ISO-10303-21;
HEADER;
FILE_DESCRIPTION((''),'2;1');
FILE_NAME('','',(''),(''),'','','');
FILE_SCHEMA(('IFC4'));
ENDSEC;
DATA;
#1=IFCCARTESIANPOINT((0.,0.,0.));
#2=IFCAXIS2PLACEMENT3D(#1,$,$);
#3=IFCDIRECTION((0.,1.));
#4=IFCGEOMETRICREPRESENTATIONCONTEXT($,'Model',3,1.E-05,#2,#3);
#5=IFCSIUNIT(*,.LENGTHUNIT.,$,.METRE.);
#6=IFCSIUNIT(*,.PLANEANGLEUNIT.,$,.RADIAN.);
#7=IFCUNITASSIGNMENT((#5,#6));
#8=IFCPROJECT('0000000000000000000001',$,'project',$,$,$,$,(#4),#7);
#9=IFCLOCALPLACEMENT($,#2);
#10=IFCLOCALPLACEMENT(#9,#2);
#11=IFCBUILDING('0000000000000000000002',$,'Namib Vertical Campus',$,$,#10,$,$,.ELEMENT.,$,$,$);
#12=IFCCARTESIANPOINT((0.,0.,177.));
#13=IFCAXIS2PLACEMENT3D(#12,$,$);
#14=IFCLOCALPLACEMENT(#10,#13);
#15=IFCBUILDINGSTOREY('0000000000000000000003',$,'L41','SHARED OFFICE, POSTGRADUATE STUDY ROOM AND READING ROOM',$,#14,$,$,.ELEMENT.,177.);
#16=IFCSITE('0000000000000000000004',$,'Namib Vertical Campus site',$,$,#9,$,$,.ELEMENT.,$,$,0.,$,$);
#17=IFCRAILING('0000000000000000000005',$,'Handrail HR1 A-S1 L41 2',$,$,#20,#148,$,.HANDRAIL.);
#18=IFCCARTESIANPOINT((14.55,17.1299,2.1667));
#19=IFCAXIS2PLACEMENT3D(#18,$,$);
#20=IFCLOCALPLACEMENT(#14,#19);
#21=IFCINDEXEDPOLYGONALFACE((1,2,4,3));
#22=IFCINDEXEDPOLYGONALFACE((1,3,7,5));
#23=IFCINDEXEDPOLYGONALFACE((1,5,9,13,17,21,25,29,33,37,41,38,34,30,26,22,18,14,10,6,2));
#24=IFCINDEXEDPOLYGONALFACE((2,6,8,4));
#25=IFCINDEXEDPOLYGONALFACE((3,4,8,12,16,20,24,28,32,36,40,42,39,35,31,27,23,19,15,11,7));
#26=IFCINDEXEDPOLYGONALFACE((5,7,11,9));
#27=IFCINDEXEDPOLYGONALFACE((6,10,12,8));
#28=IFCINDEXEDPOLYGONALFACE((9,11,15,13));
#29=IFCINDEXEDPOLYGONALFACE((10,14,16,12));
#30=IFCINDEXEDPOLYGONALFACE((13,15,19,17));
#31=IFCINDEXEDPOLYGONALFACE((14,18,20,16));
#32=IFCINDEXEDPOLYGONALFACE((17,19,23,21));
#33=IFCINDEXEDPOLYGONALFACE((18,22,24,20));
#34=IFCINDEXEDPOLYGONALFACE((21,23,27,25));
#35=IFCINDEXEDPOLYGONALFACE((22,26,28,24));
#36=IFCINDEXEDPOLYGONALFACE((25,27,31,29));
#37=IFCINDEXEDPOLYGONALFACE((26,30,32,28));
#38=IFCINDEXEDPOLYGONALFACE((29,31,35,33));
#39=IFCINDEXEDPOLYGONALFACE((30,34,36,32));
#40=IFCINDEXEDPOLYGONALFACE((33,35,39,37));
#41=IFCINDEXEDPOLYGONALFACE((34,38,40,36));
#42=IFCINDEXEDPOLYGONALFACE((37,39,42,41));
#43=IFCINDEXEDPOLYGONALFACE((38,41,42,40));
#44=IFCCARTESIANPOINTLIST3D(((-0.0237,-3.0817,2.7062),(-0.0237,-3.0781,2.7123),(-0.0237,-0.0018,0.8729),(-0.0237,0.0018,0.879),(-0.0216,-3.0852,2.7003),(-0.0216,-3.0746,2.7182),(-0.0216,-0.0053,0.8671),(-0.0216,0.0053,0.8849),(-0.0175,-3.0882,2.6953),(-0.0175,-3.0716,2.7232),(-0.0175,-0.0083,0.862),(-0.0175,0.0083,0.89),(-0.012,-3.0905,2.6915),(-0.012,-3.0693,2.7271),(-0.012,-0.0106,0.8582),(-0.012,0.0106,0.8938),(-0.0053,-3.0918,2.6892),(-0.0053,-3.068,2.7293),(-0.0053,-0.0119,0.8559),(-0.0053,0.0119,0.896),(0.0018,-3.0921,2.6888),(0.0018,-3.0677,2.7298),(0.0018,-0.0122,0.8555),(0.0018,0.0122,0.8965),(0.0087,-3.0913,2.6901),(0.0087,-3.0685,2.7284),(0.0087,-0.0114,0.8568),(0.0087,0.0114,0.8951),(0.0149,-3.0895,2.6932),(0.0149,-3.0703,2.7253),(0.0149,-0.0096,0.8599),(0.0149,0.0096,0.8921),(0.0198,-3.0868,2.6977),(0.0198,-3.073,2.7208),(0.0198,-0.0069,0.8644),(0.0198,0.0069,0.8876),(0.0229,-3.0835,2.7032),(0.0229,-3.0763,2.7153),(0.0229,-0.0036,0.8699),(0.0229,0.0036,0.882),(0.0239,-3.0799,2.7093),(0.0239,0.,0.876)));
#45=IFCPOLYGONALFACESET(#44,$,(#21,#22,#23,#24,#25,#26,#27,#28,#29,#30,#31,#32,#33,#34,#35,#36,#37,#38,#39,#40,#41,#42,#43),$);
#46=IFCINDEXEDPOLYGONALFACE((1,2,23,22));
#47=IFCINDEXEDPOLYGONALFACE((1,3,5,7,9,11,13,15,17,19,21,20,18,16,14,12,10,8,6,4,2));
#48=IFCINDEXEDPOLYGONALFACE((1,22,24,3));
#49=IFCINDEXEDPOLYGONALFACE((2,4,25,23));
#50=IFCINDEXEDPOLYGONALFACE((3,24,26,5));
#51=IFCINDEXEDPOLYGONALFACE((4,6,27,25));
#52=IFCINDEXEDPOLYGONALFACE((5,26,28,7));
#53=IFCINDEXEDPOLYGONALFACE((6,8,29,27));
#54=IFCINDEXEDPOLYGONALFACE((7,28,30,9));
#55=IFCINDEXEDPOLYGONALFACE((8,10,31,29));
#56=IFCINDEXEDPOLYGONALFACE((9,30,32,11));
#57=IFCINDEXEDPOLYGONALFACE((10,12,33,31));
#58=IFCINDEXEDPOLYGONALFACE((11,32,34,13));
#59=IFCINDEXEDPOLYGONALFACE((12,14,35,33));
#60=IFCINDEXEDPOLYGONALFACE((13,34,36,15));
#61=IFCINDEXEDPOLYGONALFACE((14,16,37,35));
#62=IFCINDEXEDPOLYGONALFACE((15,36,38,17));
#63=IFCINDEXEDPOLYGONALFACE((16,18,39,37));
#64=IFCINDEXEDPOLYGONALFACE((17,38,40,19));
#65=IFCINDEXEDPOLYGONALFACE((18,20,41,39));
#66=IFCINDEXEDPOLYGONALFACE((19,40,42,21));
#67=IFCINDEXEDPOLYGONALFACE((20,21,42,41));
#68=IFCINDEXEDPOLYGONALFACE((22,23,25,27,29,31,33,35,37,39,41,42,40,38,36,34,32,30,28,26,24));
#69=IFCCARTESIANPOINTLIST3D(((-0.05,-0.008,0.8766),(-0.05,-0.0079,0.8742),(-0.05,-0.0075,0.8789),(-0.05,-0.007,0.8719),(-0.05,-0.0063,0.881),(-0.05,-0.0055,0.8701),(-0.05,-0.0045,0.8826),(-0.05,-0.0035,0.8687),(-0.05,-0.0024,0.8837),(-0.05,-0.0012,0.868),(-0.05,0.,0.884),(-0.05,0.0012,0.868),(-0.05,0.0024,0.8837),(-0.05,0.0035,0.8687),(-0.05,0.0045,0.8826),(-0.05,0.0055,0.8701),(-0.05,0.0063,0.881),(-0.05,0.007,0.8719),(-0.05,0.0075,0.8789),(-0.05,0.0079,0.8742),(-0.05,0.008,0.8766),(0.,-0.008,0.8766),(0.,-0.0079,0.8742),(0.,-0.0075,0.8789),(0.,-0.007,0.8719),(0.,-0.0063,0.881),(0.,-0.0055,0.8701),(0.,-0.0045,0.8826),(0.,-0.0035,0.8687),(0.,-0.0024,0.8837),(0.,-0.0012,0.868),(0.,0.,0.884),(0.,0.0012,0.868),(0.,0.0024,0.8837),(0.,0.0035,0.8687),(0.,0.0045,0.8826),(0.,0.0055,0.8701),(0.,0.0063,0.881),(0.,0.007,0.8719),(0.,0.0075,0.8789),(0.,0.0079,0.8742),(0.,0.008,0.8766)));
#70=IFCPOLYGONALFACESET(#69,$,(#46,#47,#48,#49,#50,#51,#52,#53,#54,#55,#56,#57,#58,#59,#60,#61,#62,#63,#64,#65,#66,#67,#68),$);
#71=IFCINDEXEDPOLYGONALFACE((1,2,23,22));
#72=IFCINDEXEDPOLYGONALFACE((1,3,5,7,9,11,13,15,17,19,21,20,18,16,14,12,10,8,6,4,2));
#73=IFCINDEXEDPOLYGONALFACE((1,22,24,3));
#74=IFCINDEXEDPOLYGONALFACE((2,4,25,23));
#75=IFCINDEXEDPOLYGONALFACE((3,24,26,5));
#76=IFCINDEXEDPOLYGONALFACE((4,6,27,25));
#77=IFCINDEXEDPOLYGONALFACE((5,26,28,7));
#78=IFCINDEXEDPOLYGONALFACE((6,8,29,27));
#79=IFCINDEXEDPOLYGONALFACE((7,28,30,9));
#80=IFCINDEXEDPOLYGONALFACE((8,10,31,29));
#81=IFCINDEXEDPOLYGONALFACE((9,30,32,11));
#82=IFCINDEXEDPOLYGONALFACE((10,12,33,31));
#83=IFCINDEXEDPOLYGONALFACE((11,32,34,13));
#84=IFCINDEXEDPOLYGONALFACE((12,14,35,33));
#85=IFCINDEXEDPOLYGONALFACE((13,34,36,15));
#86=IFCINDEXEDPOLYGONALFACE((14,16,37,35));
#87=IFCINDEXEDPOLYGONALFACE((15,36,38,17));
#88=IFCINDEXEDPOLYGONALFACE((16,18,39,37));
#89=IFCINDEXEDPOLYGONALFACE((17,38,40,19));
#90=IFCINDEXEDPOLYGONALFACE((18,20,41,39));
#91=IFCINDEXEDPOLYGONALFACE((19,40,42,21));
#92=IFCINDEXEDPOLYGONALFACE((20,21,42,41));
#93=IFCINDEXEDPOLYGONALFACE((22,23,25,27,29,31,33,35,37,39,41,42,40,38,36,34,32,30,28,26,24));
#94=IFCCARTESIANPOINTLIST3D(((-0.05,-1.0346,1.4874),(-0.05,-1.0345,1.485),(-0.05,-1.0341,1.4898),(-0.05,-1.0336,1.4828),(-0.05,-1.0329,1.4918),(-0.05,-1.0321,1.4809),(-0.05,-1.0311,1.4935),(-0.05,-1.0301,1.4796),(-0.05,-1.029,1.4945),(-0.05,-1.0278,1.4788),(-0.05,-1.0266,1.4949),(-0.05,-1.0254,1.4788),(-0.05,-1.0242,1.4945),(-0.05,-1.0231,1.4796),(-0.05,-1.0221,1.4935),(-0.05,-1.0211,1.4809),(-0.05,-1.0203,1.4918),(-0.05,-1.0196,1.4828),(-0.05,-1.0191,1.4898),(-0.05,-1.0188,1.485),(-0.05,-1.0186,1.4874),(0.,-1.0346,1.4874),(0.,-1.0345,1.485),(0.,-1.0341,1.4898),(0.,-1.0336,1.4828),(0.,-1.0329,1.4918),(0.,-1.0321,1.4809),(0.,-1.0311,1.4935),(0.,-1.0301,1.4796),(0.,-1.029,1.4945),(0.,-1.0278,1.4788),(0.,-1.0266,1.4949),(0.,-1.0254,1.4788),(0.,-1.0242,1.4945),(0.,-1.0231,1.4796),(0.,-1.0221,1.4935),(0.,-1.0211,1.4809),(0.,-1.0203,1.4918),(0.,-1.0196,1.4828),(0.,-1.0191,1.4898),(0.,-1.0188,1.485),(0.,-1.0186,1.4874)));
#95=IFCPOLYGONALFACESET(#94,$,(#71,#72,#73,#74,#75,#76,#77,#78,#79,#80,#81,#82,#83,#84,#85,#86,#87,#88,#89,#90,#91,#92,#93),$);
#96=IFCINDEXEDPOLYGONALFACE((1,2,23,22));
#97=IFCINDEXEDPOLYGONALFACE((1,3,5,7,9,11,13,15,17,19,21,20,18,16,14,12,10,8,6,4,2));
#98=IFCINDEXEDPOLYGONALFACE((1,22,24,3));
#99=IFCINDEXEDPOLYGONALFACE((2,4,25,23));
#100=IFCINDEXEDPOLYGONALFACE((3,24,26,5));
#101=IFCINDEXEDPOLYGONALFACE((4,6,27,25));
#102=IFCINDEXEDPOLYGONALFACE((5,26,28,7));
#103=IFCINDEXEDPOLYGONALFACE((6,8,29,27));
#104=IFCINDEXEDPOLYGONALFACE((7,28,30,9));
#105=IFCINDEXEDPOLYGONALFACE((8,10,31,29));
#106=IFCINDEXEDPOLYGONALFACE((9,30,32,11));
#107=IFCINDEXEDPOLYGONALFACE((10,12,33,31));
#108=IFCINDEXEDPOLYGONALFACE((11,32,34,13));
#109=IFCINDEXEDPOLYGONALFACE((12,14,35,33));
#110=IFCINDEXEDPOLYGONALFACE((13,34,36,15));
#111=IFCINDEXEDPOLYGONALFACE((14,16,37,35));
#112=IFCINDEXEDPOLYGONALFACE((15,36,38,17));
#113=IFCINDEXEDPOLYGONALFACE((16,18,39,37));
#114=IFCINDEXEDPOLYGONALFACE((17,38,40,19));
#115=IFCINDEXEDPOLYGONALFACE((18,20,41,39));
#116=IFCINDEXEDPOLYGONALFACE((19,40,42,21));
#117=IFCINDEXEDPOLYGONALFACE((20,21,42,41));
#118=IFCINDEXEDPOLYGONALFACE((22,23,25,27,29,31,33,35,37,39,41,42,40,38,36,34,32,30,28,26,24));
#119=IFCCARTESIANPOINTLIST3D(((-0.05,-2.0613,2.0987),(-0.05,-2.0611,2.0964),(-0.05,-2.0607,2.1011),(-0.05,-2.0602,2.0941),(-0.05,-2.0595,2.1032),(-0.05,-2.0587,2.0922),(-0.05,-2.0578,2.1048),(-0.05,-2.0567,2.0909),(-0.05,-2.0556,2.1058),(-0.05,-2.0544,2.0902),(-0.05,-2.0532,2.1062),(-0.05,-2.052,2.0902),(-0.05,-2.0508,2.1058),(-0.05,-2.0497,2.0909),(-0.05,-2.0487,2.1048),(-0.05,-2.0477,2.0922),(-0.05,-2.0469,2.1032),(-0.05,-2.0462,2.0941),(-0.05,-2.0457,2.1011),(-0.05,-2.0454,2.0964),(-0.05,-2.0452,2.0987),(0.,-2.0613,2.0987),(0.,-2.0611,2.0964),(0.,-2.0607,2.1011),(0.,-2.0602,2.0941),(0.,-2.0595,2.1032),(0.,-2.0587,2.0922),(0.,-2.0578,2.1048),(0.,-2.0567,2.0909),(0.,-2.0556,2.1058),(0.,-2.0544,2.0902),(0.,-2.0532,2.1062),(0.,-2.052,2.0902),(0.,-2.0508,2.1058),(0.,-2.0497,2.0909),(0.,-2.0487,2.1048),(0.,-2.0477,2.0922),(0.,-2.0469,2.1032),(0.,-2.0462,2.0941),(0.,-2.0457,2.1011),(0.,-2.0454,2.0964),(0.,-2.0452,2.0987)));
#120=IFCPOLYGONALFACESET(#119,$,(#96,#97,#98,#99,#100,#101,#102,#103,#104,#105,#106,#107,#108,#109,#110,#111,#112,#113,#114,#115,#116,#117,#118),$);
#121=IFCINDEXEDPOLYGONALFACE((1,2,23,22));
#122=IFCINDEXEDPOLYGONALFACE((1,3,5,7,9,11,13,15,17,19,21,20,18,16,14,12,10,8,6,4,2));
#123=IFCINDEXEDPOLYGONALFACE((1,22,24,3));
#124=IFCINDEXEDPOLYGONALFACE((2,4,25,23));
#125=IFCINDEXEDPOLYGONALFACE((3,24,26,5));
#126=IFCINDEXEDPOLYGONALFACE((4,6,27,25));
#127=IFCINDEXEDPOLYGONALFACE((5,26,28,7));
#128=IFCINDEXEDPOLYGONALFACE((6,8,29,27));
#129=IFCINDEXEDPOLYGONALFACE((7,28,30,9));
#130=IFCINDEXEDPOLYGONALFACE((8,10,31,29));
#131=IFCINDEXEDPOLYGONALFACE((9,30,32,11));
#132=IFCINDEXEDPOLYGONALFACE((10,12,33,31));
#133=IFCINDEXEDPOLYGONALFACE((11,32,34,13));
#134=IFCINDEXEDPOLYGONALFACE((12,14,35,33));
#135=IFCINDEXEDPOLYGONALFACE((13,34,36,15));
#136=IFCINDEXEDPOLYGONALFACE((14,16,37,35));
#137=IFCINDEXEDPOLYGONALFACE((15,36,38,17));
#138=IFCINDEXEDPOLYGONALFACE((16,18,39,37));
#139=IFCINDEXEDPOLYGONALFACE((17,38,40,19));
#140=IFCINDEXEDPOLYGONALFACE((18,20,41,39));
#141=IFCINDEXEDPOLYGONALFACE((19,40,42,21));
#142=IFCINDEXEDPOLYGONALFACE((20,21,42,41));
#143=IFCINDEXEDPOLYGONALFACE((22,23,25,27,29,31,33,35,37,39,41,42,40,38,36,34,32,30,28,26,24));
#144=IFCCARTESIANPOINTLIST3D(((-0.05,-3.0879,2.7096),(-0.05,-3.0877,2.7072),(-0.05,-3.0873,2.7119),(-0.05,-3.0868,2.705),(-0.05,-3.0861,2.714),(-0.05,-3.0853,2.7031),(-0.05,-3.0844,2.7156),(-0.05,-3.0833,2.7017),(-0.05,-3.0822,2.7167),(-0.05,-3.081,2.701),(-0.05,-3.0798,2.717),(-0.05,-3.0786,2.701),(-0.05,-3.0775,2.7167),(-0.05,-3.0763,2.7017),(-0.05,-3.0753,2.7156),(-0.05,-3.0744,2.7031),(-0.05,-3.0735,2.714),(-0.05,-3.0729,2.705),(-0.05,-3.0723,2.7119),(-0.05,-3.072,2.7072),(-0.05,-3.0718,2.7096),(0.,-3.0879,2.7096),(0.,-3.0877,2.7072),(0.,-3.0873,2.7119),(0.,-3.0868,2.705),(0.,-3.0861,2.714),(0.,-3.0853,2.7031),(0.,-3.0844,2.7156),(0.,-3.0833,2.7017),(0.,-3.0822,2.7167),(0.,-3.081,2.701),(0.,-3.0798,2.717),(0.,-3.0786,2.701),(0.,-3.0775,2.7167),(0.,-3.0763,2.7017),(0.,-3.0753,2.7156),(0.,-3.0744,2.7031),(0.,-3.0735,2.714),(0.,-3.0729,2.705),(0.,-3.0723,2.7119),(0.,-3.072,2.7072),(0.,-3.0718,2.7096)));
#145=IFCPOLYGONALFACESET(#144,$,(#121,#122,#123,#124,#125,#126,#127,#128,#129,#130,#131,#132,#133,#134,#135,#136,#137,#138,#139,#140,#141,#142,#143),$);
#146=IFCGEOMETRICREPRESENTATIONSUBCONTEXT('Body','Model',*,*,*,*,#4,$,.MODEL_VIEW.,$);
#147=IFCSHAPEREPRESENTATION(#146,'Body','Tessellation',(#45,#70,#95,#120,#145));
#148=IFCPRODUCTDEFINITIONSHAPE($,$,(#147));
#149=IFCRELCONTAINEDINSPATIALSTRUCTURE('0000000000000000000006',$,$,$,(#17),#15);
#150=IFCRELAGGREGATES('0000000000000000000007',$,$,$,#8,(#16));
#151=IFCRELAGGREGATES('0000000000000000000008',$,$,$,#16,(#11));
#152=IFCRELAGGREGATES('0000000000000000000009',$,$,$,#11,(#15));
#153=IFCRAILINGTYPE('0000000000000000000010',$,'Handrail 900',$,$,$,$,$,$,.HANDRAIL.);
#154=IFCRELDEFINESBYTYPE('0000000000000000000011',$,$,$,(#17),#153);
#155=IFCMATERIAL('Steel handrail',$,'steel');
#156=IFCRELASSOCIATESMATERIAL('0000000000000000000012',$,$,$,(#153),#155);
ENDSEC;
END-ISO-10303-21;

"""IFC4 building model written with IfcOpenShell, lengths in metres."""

from ifc_helpers import new_model, si_unit, direction, frame, origin, origin_2d, place, context, subcontext, project, spatial, circle, extrude, material, type_object, element, save


model = new_model("IFC4")

# Units and contexts
model_context = context("Model", 3, precision=1e-05, world=origin(), true_north=direction((0.0, 1.0)))
body_context = subcontext(model_context, "Body", "Model", "MODEL_VIEW")
ifc_project = project(units=[si_unit("LENGTHUNIT", "METRE"), si_unit("PLANEANGLEUNIT", "RADIAN")], contexts=[model_context])

# Site, building, storey
site_placement = place(None, origin())
site = spatial("IfcSite", under=ifc_project, at=site_placement, Name="Namib Vertical Campus site", CompositionType="ELEMENT", RefElevation=0.0)
building_placement = place(site_placement, origin())
building = spatial("IfcBuilding", under=site, at=building_placement, Name="Namib Vertical Campus", CompositionType="ELEMENT")
storey_placement = place(building_placement, frame((0.0, 0.0, 177.0)))
storey = spatial("IfcBuildingStorey", under=building, at=storey_placement, Name="L41", Description="SHARED OFFICE, POSTGRADUATE STUDY ROOM AND READING ROOM", CompositionType="ELEMENT", Elevation=177.0)

# Railing
ifc_material_1 = material(Name="Steel handrail", Category="steel")
railing_type = type_object("IfcRailingType", Name="Handrail 900", PredefinedType="HANDRAIL", material=ifc_material_1)
railing_placement = place(storey_placement, frame((14.55, 17.1299, 2.1667)))
element("IfcRailing", 1, at=railing_placement, inside=storey, type_object=railing_type, Name="Handrail HR1 A-S1 L41 2", PredefinedType="HANDRAIL", context=body_context, shape_type="SweptSolid", body=[
    extrude(circle(Radius=0.0239, at=origin_2d()), frame((0.0, 0.0, 0.876), z_axis=(0.0, -0.859291, 0.511487), x_axis=(1.0, 0.0, 0.0)), (0.0, 0.0, 1.0), 3.5842),
    extrude(circle(Radius=0.0081, at=origin_2d()), frame((0.0, 0.0, 0.876), z_axis=(-1.0, 0.0, 0.0), x_axis=(0.0, 0.0, 1.0)), (0.0, 0.0, 1.0), 0.05),
    extrude(circle(Radius=0.0081, at=origin_2d()), frame((0.0, -1.0266, 1.4868), z_axis=(-1.0, 0.0, 0.0), x_axis=(0.0, 0.0, 1.0)), (0.0, 0.0, 1.0), 0.05),
    extrude(circle(Radius=0.0081, at=origin_2d()), frame((0.0, -2.0532, 2.0981), z_axis=(-1.0, 0.0, 0.0), x_axis=(0.0, 0.0, 1.0)), (0.0, 0.0, 1.0), 0.05),
    extrude(circle(Radius=0.0081, at=origin_2d()), frame((0.0, -3.0798, 2.709), z_axis=(-1.0, 0.0, 0.0), x_axis=(0.0, 0.0, 1.0)), (0.0, 0.0, 1.0), 0.05),
])

save(model, "model.ifc")
